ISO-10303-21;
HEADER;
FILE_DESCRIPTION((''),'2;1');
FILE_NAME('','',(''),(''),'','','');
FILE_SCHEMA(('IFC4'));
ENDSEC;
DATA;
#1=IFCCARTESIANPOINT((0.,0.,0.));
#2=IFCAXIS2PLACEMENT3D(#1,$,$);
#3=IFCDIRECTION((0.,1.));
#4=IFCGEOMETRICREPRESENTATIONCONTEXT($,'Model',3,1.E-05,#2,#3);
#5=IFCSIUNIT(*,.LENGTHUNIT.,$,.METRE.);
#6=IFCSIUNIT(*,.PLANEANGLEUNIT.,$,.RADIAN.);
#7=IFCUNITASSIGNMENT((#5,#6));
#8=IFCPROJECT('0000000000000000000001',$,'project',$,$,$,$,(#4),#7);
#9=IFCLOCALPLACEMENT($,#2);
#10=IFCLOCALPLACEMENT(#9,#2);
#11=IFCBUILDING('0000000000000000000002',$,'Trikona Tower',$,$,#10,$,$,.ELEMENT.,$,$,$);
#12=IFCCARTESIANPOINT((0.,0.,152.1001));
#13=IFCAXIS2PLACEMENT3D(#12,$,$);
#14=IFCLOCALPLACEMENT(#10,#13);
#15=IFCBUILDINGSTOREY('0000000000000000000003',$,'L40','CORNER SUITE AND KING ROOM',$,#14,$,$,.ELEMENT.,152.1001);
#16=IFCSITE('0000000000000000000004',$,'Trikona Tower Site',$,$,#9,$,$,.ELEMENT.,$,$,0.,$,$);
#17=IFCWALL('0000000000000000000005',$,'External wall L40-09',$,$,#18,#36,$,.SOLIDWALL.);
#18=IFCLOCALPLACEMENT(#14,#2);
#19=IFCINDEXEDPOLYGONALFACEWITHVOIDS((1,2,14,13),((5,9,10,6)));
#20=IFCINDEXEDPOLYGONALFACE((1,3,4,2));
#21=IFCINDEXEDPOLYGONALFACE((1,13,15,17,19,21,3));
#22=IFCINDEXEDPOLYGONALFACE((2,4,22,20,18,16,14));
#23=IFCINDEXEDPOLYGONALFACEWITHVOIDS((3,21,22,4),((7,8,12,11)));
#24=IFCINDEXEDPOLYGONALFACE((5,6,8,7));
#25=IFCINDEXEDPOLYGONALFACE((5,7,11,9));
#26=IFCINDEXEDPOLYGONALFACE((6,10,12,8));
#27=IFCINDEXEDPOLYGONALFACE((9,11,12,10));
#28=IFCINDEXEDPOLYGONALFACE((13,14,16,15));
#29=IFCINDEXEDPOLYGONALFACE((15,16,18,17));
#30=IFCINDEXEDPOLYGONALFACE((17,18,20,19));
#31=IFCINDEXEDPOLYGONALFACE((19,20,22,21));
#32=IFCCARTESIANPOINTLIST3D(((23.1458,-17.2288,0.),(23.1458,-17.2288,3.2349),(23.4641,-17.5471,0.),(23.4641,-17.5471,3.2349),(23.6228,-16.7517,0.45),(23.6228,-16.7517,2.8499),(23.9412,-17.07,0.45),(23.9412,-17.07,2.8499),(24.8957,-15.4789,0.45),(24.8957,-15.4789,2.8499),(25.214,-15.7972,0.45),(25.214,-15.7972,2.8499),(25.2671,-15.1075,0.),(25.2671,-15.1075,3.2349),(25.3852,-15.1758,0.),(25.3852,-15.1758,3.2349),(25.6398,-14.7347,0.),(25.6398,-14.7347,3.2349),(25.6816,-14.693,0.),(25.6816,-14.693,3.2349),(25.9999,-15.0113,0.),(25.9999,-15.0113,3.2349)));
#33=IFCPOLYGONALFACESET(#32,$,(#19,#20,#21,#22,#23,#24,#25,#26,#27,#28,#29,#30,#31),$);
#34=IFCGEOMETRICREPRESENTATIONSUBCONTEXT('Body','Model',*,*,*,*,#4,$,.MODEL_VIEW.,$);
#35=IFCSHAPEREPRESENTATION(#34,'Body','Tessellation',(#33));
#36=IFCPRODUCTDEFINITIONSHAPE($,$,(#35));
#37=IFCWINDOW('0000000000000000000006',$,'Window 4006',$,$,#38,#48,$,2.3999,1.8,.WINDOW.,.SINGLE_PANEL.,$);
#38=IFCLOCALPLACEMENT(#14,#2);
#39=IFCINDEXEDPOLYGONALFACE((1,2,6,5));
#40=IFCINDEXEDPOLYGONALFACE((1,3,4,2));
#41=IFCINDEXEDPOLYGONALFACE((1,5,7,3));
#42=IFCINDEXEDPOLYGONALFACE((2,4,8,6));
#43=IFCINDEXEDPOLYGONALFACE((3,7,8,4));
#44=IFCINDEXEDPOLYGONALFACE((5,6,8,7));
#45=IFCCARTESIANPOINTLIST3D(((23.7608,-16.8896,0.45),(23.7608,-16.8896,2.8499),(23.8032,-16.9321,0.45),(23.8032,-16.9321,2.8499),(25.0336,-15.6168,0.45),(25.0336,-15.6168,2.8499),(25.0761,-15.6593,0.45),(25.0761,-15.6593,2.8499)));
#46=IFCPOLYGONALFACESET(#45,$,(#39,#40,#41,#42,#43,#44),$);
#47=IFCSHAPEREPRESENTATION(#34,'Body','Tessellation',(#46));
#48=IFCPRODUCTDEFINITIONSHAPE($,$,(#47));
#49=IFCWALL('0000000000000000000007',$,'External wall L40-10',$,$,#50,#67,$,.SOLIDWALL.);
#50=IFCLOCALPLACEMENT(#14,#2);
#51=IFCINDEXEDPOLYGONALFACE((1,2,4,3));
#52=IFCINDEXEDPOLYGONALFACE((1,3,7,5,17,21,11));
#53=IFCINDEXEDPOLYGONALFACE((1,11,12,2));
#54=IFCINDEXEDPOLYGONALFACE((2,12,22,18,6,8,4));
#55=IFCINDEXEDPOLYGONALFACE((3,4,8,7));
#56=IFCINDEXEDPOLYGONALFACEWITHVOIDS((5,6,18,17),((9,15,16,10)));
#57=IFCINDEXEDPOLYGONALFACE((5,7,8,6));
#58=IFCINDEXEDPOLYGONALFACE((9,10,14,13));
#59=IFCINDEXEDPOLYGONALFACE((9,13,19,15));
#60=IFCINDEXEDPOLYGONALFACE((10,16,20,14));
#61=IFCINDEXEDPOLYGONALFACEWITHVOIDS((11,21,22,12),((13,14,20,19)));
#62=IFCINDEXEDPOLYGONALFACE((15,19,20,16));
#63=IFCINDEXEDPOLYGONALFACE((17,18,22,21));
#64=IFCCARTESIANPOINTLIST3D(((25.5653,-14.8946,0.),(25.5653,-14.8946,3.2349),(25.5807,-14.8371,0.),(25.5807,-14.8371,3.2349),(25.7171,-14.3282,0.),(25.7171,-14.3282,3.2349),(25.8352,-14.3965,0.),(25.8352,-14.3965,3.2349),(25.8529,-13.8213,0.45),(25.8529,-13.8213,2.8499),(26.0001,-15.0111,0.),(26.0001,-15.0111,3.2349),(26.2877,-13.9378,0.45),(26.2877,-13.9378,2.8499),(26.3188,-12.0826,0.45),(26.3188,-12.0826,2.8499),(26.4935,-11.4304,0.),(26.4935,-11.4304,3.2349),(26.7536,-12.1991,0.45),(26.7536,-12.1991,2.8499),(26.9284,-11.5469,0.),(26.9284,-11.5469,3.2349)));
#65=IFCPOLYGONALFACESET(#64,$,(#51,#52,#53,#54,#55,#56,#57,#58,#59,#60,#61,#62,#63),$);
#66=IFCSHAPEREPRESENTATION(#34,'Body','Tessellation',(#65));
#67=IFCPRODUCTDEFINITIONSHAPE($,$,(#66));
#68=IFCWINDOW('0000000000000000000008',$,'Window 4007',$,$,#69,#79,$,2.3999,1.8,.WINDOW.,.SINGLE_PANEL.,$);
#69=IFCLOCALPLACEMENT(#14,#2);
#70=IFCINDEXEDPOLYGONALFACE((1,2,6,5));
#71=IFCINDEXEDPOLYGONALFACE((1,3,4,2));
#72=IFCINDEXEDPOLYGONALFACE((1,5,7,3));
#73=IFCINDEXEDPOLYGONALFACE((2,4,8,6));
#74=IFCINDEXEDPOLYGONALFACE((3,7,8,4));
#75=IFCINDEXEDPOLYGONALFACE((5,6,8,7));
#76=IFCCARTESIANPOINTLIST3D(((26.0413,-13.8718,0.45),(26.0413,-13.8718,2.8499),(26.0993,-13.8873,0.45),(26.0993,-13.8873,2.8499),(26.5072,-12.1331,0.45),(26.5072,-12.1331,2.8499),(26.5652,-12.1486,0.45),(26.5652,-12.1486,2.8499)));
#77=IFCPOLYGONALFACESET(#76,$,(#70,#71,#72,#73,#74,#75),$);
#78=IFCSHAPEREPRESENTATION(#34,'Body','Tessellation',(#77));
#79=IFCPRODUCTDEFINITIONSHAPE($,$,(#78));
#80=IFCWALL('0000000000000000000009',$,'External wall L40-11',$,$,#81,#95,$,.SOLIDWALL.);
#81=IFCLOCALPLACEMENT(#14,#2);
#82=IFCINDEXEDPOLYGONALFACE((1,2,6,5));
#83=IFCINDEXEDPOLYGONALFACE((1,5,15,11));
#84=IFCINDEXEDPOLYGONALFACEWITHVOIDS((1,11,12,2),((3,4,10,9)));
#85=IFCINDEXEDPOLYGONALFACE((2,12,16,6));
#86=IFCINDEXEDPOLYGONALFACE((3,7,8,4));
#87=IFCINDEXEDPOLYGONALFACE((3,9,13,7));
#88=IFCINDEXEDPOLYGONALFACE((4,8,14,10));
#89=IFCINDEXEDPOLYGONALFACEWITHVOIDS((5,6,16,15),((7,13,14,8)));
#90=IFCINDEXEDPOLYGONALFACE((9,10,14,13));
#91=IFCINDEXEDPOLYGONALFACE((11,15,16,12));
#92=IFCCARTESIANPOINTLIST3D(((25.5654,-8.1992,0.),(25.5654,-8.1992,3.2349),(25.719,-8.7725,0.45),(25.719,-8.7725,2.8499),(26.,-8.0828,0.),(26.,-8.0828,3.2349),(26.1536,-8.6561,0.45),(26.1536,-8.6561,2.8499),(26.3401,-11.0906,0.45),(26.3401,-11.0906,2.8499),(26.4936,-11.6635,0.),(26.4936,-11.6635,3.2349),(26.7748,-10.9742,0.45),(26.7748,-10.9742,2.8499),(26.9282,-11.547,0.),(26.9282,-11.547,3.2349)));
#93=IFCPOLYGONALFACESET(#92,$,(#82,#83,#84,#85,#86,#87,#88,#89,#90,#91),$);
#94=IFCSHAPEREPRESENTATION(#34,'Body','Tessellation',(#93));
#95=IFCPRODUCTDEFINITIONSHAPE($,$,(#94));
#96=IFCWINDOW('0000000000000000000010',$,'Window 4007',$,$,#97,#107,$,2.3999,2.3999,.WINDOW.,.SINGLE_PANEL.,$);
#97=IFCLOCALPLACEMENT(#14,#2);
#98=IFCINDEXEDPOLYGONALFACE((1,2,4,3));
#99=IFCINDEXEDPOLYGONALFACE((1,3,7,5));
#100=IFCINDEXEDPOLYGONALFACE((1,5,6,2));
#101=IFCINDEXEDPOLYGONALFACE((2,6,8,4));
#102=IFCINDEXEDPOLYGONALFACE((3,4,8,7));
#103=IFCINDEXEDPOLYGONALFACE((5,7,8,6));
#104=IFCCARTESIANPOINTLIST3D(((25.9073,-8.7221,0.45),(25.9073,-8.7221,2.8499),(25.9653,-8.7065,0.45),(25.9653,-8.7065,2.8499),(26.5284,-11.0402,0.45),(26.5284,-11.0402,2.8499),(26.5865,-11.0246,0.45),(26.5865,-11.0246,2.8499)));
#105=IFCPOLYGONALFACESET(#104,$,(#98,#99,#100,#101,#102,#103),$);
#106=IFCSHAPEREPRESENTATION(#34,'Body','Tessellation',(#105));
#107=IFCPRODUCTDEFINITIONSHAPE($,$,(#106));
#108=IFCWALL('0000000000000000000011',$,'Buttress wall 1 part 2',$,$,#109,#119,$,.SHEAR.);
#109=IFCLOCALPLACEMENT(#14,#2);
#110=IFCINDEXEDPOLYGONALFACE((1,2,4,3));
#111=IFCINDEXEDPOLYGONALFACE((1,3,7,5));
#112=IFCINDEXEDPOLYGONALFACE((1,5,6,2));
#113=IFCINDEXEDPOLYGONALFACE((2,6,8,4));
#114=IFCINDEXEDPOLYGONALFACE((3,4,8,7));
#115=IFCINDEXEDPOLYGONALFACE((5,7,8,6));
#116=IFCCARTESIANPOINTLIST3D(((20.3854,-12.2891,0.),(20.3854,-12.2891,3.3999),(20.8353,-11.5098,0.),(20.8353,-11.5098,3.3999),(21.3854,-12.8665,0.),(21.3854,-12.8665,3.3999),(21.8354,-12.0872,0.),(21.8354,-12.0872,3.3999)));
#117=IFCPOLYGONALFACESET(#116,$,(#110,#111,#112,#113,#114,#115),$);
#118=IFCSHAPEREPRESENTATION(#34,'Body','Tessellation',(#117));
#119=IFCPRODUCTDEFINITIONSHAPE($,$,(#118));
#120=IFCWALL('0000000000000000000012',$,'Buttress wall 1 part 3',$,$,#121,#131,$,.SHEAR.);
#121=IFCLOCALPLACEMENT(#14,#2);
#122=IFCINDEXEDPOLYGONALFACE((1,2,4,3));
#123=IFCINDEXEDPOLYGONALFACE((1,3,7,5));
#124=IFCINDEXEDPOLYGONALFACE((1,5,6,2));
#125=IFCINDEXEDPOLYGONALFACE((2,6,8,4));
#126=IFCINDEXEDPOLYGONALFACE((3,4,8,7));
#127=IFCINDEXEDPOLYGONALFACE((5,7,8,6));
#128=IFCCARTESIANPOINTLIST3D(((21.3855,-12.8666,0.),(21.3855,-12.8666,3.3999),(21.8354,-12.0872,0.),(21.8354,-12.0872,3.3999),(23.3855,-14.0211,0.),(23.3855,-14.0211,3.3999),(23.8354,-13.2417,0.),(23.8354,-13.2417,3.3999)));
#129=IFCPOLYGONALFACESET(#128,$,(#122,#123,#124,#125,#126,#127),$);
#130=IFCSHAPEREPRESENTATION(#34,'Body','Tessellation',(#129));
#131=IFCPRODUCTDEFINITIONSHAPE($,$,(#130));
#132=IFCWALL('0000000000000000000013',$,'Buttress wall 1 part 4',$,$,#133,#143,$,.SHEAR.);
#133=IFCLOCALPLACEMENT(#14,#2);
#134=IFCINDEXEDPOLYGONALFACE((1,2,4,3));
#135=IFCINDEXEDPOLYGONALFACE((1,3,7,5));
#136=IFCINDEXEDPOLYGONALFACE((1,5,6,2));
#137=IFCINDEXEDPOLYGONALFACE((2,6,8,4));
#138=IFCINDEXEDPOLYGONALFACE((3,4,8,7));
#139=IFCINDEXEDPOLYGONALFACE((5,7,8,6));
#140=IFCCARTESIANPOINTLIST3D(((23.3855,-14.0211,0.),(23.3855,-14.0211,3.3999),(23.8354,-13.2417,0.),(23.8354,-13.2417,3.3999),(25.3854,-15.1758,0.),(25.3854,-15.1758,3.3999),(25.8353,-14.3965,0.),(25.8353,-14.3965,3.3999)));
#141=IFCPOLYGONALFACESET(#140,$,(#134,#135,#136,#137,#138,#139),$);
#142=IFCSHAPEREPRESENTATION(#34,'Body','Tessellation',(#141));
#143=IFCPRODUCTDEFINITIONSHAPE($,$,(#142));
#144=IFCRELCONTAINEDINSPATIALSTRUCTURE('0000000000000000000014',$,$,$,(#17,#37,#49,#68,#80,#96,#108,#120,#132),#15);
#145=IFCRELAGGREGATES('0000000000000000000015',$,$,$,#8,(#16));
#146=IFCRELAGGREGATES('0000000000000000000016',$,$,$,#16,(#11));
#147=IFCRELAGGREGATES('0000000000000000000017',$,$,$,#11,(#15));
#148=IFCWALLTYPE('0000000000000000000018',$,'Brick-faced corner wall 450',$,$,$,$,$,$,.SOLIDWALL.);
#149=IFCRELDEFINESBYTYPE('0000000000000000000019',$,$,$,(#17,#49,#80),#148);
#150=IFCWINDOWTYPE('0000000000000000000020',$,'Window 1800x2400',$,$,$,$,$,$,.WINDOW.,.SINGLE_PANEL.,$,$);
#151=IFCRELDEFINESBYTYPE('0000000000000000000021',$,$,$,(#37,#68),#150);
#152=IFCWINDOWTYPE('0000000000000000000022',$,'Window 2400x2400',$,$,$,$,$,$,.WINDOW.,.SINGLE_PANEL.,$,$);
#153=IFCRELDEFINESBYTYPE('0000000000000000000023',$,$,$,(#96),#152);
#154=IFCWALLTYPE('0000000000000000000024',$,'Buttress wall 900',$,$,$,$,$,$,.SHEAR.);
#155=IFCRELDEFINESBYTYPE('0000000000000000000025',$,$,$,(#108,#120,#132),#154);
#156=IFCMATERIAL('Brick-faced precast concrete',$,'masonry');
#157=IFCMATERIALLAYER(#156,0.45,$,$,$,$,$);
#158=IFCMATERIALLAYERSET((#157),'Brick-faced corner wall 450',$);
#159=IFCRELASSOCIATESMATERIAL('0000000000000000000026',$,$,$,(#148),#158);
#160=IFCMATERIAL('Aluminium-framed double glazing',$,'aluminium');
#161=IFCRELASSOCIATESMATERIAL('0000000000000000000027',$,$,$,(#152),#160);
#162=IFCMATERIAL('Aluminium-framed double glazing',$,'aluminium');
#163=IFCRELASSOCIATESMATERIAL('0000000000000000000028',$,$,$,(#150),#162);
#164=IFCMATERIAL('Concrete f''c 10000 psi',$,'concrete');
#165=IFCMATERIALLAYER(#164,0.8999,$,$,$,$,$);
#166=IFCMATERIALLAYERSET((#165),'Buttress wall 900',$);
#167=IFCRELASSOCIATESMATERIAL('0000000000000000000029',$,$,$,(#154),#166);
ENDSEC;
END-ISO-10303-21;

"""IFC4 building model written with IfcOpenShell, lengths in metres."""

from ifc_helpers import new_model, si_unit, direction, frame, frame_2d, origin, place, context, subcontext, project, spatial, polyline, rectangle, outline, extrude, material, layer, layer_set, type_object, element, fill, save


model = new_model("IFC4")

# Units and contexts
model_context = context("Model", 3, precision=1e-05, world=origin(), true_north=direction((0.0, 1.0)))
body_context = subcontext(model_context, "Body", "Model", "MODEL_VIEW")
ifc_project = project(units=[si_unit("LENGTHUNIT", "METRE"), si_unit("PLANEANGLEUNIT", "RADIAN")], contexts=[model_context])

# Site, building, storey
site_placement = place(None, origin())
site = spatial("IfcSite", under=ifc_project, at=site_placement, Name="Trikona Tower Site", CompositionType="ELEMENT", RefElevation=0.0)
building_placement = place(site_placement, origin())
building = spatial("IfcBuilding", under=site, at=building_placement, Name="Trikona Tower", CompositionType="ELEMENT")
storey_placement = place(building_placement, frame((0.0, 0.0, 152.1001)))
storey = spatial("IfcBuildingStorey", under=building, at=storey_placement, Name="L40", Description="CORNER SUITE AND KING ROOM", CompositionType="ELEMENT", Elevation=152.1001)

# Walls, openings, windows
ifc_material_1 = material(Name="Brick-faced precast concrete", Category="masonry")
ifc_layer_1 = layer(ifc_material_1, 0.45)
ifc_layer_set_1 = layer_set([ifc_layer_1], Name="Brick-faced corner wall 450")
wall_type_1 = type_object("IfcWallType", Name="Brick-faced corner wall 450", PredefinedType="SOLIDWALL", material=ifc_layer_set_1)
ifc_material_2 = material(Name="Aluminium-framed double glazing", Category="aluminium")
window_type_1 = type_object("IfcWindowType", Name="Window 2400x2400", PartitioningType="SINGLE_PANEL", PredefinedType="WINDOW", material=ifc_material_2)
wall_1_placement = place(storey_placement, frame((23.3049, -17.3879, 0.0), z_axis=(0.0, 0.0, 1.0), x_axis=(0.707107, 0.707107, 0.0)))
wall_1 = element("IfcWall", 1, at=wall_1_placement, inside=storey, type_object=wall_type_1, Name="External wall L40-09", PredefinedType="SOLIDWALL", context=body_context, shape_type="SweptSolid", body=[
    extrude(outline(polyline([(3.5862, 0.2251), (3.5271, 0.2251), (3.0352, 0.0933), (3.0, 0.2251), (0.0, 0.2251), (0.0, -0.2251), (3.5862, -0.2251), (3.5862, 0.2251)])), origin(), (0.0, 0.0, 1.0), 3.2349),
])
opening_1_placement = place(wall_1_placement, frame((0.6748, 0.0, 0.45)))
opening_1 = element("IfcOpeningElement", 2, at=opening_1_placement, cuts=wall_1, PredefinedType="OPENING", context=body_context, shape_type="SweptSolid", body=[
    extrude(rectangle(XDim=1.8, YDim=2.3999, at=frame_2d((0.8999, 1.2))), frame((0.0, 0.2349, 0.0), z_axis=(0.0, -1.0, 0.0), x_axis=(1.0, 0.0, 0.0)), (0.0, 0.0, 1.0), 0.47),
])
ifc_material_3 = material(Name="Aluminium-framed double glazing", Category="aluminium")
window_type_2 = type_object("IfcWindowType", Name="Window 1800x2400", PartitioningType="SINGLE_PANEL", PredefinedType="WINDOW", material=ifc_material_3)
window_1_placement = place(opening_1_placement, origin())
window_1 = element("IfcWindow", 3, at=window_1_placement, inside=storey, type_object=window_type_2, Name="Window 4006", OverallHeight=2.3999, OverallWidth=1.8, PartitioningType="SINGLE_PANEL", PredefinedType="WINDOW", context=body_context, shape_type="SweptSolid", body=[
    extrude(rectangle(XDim=1.8, YDim=2.3999, at=frame_2d((0.8999, 1.2))), frame((0.0, 0.03, 0.0), z_axis=(0.0, -1.0, 0.0), x_axis=(1.0, 0.0, 0.0)), (0.0, 0.0, 1.0), 0.0601),
])
fill(opening_1, window_1)
wall_2_placement = place(storey_placement, frame((25.7827, -14.9529, 0.0), z_axis=(0.0, 0.0, 1.0), x_axis=(0.258823, 0.965925, 0.0)))
wall_2 = element("IfcWall", 4, at=wall_2_placement, inside=storey, type_object=wall_type_1, Name="External wall L40-10", PredefinedType="SOLIDWALL", context=body_context, shape_type="SweptSolid", body=[
    extrude(outline(polyline([(3.5864, 0.2251), (0.5864, 0.2251), (0.551, 0.0933), (0.0596, 0.2251), (0.0, 0.2251), (0.0, -0.2251), (3.5864, -0.2251), (3.5864, 0.2251)])), origin(), (0.0, 0.0, 1.0), 3.2349),
])
opening_2_placement = place(wall_2_placement, frame((1.1113, 0.0, 0.45)))
opening_2 = element("IfcOpeningElement", 5, at=opening_2_placement, cuts=wall_2, PredefinedType="OPENING", context=body_context, shape_type="SweptSolid", body=[
    extrude(rectangle(XDim=1.8, YDim=2.3999, at=frame_2d((0.8999, 1.2))), frame((0.0, 0.2349, 0.0), z_axis=(0.0, -1.0, 0.0), x_axis=(1.0, 0.0, 0.0)), (0.0, 0.0, 1.0), 0.47),
])
window_2_placement = place(opening_2_placement, origin())
window_2 = element("IfcWindow", 6, at=window_2_placement, inside=storey, type_object=window_type_2, Name="Window 4007", OverallHeight=2.3999, OverallWidth=1.8, PartitioningType="SINGLE_PANEL", PredefinedType="WINDOW", context=body_context, shape_type="SweptSolid", body=[
    extrude(rectangle(XDim=1.8, YDim=2.3999, at=frame_2d((0.8999, 1.2))), frame((0.0, 0.03, 0.0), z_axis=(0.0, -1.0, 0.0), x_axis=(1.0, 0.0, 0.0)), (0.0, 0.0, 1.0), 0.0601),
])
fill(opening_2, window_2)
wall_3_placement = place(storey_placement, frame((26.7109, -11.6052, 0.0), z_axis=(0.0, 0.0, 1.0), x_axis=(-0.258823, 0.965925, 0.0)))
wall_3 = element("IfcWall", 7, at=wall_3_placement, inside=storey, type_object=wall_type_1, Name="External wall L40-11", PredefinedType="SOLIDWALL", context=body_context, shape_type="SweptSolid", body=[
    extrude(rectangle(XDim=3.5864, YDim=0.45, at=frame_2d((1.7932, 0.0))), origin(), (0.0, 0.0, 1.0), 3.2349),
])
opening_3_placement = place(wall_3_placement, frame((0.593, 0.0, 0.45)))
opening_3 = element("IfcOpeningElement", 8, at=opening_3_placement, cuts=wall_3, PredefinedType="OPENING", context=body_context, shape_type="SweptSolid", body=[
    extrude(rectangle(XDim=2.3999, YDim=2.3999, at=frame_2d((1.2, 1.2))), frame((0.0, 0.2349, 0.0), z_axis=(0.0, -1.0, 0.0), x_axis=(1.0, 0.0, 0.0)), (0.0, 0.0, 1.0), 0.47),
])
window_3_placement = place(opening_3_placement, origin())
window_3 = element("IfcWindow", 9, at=window_3_placement, inside=storey, type_object=window_type_1, Name="Window 4007", OverallHeight=2.3999, OverallWidth=2.3999, PartitioningType="SINGLE_PANEL", PredefinedType="WINDOW", context=body_context, shape_type="SweptSolid", body=[
    extrude(rectangle(XDim=2.3999, YDim=2.3999, at=frame_2d((1.2, 1.2))), frame((0.0, 0.03, 0.0), z_axis=(0.0, -1.0, 0.0), x_axis=(1.0, 0.0, 0.0)), (0.0, 0.0, 1.0), 0.0601),
])
fill(opening_3, window_3)

# Walls
ifc_material_4 = material(Name="Concrete f'c 10000 psi", Category="concrete")
ifc_layer_2 = layer(ifc_material_4, 0.8999)
ifc_layer_set_2 = layer_set([ifc_layer_2], Name="Buttress wall 900")
wall_type_2 = type_object("IfcWallType", Name="Buttress wall 900", PredefinedType="SHEAR", material=ifc_layer_set_2)
wall_4_placement = place(storey_placement, frame((20.6104, -11.8994, 0.0), z_axis=(0.0, 0.0, 1.0), x_axis=(0.86601, -0.500027, 0.0)))
element("IfcWall", 10, at=wall_4_placement, inside=storey, type_object=wall_type_2, Name="Buttress wall 1 part 2", PredefinedType="SHEAR", context=body_context, shape_type="SweptSolid", body=[
    extrude(rectangle(XDim=1.1548, YDim=0.8999, at=frame_2d((0.5774, 0.0))), origin(), (0.0, 0.0, 1.0), 3.3999),
])
for number, where, z_axis, x_axis, name in (
    (11, (21.6104, -12.4768, 0.0), (0.0, 0.0, 1.0), (0.866055, -0.499948, 0.0), "Buttress wall 1 part 3"),
    (12, (23.6104, -13.6313, 0.0), (0.0, 0.0, 1.0), (0.86601, -0.500027, 0.0), "Buttress wall 1 part 4"),
):
    element("IfcWall", number, at=place(storey_placement, frame(where, z_axis=z_axis, x_axis=x_axis)), inside=storey, type_object=wall_type_2, Name=name, PredefinedType="SHEAR", context=body_context, shape_type="SweptSolid", body=[
        extrude(rectangle(XDim=2.3093, YDim=0.8999, at=frame_2d((1.1548, 0.0))), origin(), (0.0, 0.0, 1.0), 3.3999),
    ])

save(model, "model.ifc")
